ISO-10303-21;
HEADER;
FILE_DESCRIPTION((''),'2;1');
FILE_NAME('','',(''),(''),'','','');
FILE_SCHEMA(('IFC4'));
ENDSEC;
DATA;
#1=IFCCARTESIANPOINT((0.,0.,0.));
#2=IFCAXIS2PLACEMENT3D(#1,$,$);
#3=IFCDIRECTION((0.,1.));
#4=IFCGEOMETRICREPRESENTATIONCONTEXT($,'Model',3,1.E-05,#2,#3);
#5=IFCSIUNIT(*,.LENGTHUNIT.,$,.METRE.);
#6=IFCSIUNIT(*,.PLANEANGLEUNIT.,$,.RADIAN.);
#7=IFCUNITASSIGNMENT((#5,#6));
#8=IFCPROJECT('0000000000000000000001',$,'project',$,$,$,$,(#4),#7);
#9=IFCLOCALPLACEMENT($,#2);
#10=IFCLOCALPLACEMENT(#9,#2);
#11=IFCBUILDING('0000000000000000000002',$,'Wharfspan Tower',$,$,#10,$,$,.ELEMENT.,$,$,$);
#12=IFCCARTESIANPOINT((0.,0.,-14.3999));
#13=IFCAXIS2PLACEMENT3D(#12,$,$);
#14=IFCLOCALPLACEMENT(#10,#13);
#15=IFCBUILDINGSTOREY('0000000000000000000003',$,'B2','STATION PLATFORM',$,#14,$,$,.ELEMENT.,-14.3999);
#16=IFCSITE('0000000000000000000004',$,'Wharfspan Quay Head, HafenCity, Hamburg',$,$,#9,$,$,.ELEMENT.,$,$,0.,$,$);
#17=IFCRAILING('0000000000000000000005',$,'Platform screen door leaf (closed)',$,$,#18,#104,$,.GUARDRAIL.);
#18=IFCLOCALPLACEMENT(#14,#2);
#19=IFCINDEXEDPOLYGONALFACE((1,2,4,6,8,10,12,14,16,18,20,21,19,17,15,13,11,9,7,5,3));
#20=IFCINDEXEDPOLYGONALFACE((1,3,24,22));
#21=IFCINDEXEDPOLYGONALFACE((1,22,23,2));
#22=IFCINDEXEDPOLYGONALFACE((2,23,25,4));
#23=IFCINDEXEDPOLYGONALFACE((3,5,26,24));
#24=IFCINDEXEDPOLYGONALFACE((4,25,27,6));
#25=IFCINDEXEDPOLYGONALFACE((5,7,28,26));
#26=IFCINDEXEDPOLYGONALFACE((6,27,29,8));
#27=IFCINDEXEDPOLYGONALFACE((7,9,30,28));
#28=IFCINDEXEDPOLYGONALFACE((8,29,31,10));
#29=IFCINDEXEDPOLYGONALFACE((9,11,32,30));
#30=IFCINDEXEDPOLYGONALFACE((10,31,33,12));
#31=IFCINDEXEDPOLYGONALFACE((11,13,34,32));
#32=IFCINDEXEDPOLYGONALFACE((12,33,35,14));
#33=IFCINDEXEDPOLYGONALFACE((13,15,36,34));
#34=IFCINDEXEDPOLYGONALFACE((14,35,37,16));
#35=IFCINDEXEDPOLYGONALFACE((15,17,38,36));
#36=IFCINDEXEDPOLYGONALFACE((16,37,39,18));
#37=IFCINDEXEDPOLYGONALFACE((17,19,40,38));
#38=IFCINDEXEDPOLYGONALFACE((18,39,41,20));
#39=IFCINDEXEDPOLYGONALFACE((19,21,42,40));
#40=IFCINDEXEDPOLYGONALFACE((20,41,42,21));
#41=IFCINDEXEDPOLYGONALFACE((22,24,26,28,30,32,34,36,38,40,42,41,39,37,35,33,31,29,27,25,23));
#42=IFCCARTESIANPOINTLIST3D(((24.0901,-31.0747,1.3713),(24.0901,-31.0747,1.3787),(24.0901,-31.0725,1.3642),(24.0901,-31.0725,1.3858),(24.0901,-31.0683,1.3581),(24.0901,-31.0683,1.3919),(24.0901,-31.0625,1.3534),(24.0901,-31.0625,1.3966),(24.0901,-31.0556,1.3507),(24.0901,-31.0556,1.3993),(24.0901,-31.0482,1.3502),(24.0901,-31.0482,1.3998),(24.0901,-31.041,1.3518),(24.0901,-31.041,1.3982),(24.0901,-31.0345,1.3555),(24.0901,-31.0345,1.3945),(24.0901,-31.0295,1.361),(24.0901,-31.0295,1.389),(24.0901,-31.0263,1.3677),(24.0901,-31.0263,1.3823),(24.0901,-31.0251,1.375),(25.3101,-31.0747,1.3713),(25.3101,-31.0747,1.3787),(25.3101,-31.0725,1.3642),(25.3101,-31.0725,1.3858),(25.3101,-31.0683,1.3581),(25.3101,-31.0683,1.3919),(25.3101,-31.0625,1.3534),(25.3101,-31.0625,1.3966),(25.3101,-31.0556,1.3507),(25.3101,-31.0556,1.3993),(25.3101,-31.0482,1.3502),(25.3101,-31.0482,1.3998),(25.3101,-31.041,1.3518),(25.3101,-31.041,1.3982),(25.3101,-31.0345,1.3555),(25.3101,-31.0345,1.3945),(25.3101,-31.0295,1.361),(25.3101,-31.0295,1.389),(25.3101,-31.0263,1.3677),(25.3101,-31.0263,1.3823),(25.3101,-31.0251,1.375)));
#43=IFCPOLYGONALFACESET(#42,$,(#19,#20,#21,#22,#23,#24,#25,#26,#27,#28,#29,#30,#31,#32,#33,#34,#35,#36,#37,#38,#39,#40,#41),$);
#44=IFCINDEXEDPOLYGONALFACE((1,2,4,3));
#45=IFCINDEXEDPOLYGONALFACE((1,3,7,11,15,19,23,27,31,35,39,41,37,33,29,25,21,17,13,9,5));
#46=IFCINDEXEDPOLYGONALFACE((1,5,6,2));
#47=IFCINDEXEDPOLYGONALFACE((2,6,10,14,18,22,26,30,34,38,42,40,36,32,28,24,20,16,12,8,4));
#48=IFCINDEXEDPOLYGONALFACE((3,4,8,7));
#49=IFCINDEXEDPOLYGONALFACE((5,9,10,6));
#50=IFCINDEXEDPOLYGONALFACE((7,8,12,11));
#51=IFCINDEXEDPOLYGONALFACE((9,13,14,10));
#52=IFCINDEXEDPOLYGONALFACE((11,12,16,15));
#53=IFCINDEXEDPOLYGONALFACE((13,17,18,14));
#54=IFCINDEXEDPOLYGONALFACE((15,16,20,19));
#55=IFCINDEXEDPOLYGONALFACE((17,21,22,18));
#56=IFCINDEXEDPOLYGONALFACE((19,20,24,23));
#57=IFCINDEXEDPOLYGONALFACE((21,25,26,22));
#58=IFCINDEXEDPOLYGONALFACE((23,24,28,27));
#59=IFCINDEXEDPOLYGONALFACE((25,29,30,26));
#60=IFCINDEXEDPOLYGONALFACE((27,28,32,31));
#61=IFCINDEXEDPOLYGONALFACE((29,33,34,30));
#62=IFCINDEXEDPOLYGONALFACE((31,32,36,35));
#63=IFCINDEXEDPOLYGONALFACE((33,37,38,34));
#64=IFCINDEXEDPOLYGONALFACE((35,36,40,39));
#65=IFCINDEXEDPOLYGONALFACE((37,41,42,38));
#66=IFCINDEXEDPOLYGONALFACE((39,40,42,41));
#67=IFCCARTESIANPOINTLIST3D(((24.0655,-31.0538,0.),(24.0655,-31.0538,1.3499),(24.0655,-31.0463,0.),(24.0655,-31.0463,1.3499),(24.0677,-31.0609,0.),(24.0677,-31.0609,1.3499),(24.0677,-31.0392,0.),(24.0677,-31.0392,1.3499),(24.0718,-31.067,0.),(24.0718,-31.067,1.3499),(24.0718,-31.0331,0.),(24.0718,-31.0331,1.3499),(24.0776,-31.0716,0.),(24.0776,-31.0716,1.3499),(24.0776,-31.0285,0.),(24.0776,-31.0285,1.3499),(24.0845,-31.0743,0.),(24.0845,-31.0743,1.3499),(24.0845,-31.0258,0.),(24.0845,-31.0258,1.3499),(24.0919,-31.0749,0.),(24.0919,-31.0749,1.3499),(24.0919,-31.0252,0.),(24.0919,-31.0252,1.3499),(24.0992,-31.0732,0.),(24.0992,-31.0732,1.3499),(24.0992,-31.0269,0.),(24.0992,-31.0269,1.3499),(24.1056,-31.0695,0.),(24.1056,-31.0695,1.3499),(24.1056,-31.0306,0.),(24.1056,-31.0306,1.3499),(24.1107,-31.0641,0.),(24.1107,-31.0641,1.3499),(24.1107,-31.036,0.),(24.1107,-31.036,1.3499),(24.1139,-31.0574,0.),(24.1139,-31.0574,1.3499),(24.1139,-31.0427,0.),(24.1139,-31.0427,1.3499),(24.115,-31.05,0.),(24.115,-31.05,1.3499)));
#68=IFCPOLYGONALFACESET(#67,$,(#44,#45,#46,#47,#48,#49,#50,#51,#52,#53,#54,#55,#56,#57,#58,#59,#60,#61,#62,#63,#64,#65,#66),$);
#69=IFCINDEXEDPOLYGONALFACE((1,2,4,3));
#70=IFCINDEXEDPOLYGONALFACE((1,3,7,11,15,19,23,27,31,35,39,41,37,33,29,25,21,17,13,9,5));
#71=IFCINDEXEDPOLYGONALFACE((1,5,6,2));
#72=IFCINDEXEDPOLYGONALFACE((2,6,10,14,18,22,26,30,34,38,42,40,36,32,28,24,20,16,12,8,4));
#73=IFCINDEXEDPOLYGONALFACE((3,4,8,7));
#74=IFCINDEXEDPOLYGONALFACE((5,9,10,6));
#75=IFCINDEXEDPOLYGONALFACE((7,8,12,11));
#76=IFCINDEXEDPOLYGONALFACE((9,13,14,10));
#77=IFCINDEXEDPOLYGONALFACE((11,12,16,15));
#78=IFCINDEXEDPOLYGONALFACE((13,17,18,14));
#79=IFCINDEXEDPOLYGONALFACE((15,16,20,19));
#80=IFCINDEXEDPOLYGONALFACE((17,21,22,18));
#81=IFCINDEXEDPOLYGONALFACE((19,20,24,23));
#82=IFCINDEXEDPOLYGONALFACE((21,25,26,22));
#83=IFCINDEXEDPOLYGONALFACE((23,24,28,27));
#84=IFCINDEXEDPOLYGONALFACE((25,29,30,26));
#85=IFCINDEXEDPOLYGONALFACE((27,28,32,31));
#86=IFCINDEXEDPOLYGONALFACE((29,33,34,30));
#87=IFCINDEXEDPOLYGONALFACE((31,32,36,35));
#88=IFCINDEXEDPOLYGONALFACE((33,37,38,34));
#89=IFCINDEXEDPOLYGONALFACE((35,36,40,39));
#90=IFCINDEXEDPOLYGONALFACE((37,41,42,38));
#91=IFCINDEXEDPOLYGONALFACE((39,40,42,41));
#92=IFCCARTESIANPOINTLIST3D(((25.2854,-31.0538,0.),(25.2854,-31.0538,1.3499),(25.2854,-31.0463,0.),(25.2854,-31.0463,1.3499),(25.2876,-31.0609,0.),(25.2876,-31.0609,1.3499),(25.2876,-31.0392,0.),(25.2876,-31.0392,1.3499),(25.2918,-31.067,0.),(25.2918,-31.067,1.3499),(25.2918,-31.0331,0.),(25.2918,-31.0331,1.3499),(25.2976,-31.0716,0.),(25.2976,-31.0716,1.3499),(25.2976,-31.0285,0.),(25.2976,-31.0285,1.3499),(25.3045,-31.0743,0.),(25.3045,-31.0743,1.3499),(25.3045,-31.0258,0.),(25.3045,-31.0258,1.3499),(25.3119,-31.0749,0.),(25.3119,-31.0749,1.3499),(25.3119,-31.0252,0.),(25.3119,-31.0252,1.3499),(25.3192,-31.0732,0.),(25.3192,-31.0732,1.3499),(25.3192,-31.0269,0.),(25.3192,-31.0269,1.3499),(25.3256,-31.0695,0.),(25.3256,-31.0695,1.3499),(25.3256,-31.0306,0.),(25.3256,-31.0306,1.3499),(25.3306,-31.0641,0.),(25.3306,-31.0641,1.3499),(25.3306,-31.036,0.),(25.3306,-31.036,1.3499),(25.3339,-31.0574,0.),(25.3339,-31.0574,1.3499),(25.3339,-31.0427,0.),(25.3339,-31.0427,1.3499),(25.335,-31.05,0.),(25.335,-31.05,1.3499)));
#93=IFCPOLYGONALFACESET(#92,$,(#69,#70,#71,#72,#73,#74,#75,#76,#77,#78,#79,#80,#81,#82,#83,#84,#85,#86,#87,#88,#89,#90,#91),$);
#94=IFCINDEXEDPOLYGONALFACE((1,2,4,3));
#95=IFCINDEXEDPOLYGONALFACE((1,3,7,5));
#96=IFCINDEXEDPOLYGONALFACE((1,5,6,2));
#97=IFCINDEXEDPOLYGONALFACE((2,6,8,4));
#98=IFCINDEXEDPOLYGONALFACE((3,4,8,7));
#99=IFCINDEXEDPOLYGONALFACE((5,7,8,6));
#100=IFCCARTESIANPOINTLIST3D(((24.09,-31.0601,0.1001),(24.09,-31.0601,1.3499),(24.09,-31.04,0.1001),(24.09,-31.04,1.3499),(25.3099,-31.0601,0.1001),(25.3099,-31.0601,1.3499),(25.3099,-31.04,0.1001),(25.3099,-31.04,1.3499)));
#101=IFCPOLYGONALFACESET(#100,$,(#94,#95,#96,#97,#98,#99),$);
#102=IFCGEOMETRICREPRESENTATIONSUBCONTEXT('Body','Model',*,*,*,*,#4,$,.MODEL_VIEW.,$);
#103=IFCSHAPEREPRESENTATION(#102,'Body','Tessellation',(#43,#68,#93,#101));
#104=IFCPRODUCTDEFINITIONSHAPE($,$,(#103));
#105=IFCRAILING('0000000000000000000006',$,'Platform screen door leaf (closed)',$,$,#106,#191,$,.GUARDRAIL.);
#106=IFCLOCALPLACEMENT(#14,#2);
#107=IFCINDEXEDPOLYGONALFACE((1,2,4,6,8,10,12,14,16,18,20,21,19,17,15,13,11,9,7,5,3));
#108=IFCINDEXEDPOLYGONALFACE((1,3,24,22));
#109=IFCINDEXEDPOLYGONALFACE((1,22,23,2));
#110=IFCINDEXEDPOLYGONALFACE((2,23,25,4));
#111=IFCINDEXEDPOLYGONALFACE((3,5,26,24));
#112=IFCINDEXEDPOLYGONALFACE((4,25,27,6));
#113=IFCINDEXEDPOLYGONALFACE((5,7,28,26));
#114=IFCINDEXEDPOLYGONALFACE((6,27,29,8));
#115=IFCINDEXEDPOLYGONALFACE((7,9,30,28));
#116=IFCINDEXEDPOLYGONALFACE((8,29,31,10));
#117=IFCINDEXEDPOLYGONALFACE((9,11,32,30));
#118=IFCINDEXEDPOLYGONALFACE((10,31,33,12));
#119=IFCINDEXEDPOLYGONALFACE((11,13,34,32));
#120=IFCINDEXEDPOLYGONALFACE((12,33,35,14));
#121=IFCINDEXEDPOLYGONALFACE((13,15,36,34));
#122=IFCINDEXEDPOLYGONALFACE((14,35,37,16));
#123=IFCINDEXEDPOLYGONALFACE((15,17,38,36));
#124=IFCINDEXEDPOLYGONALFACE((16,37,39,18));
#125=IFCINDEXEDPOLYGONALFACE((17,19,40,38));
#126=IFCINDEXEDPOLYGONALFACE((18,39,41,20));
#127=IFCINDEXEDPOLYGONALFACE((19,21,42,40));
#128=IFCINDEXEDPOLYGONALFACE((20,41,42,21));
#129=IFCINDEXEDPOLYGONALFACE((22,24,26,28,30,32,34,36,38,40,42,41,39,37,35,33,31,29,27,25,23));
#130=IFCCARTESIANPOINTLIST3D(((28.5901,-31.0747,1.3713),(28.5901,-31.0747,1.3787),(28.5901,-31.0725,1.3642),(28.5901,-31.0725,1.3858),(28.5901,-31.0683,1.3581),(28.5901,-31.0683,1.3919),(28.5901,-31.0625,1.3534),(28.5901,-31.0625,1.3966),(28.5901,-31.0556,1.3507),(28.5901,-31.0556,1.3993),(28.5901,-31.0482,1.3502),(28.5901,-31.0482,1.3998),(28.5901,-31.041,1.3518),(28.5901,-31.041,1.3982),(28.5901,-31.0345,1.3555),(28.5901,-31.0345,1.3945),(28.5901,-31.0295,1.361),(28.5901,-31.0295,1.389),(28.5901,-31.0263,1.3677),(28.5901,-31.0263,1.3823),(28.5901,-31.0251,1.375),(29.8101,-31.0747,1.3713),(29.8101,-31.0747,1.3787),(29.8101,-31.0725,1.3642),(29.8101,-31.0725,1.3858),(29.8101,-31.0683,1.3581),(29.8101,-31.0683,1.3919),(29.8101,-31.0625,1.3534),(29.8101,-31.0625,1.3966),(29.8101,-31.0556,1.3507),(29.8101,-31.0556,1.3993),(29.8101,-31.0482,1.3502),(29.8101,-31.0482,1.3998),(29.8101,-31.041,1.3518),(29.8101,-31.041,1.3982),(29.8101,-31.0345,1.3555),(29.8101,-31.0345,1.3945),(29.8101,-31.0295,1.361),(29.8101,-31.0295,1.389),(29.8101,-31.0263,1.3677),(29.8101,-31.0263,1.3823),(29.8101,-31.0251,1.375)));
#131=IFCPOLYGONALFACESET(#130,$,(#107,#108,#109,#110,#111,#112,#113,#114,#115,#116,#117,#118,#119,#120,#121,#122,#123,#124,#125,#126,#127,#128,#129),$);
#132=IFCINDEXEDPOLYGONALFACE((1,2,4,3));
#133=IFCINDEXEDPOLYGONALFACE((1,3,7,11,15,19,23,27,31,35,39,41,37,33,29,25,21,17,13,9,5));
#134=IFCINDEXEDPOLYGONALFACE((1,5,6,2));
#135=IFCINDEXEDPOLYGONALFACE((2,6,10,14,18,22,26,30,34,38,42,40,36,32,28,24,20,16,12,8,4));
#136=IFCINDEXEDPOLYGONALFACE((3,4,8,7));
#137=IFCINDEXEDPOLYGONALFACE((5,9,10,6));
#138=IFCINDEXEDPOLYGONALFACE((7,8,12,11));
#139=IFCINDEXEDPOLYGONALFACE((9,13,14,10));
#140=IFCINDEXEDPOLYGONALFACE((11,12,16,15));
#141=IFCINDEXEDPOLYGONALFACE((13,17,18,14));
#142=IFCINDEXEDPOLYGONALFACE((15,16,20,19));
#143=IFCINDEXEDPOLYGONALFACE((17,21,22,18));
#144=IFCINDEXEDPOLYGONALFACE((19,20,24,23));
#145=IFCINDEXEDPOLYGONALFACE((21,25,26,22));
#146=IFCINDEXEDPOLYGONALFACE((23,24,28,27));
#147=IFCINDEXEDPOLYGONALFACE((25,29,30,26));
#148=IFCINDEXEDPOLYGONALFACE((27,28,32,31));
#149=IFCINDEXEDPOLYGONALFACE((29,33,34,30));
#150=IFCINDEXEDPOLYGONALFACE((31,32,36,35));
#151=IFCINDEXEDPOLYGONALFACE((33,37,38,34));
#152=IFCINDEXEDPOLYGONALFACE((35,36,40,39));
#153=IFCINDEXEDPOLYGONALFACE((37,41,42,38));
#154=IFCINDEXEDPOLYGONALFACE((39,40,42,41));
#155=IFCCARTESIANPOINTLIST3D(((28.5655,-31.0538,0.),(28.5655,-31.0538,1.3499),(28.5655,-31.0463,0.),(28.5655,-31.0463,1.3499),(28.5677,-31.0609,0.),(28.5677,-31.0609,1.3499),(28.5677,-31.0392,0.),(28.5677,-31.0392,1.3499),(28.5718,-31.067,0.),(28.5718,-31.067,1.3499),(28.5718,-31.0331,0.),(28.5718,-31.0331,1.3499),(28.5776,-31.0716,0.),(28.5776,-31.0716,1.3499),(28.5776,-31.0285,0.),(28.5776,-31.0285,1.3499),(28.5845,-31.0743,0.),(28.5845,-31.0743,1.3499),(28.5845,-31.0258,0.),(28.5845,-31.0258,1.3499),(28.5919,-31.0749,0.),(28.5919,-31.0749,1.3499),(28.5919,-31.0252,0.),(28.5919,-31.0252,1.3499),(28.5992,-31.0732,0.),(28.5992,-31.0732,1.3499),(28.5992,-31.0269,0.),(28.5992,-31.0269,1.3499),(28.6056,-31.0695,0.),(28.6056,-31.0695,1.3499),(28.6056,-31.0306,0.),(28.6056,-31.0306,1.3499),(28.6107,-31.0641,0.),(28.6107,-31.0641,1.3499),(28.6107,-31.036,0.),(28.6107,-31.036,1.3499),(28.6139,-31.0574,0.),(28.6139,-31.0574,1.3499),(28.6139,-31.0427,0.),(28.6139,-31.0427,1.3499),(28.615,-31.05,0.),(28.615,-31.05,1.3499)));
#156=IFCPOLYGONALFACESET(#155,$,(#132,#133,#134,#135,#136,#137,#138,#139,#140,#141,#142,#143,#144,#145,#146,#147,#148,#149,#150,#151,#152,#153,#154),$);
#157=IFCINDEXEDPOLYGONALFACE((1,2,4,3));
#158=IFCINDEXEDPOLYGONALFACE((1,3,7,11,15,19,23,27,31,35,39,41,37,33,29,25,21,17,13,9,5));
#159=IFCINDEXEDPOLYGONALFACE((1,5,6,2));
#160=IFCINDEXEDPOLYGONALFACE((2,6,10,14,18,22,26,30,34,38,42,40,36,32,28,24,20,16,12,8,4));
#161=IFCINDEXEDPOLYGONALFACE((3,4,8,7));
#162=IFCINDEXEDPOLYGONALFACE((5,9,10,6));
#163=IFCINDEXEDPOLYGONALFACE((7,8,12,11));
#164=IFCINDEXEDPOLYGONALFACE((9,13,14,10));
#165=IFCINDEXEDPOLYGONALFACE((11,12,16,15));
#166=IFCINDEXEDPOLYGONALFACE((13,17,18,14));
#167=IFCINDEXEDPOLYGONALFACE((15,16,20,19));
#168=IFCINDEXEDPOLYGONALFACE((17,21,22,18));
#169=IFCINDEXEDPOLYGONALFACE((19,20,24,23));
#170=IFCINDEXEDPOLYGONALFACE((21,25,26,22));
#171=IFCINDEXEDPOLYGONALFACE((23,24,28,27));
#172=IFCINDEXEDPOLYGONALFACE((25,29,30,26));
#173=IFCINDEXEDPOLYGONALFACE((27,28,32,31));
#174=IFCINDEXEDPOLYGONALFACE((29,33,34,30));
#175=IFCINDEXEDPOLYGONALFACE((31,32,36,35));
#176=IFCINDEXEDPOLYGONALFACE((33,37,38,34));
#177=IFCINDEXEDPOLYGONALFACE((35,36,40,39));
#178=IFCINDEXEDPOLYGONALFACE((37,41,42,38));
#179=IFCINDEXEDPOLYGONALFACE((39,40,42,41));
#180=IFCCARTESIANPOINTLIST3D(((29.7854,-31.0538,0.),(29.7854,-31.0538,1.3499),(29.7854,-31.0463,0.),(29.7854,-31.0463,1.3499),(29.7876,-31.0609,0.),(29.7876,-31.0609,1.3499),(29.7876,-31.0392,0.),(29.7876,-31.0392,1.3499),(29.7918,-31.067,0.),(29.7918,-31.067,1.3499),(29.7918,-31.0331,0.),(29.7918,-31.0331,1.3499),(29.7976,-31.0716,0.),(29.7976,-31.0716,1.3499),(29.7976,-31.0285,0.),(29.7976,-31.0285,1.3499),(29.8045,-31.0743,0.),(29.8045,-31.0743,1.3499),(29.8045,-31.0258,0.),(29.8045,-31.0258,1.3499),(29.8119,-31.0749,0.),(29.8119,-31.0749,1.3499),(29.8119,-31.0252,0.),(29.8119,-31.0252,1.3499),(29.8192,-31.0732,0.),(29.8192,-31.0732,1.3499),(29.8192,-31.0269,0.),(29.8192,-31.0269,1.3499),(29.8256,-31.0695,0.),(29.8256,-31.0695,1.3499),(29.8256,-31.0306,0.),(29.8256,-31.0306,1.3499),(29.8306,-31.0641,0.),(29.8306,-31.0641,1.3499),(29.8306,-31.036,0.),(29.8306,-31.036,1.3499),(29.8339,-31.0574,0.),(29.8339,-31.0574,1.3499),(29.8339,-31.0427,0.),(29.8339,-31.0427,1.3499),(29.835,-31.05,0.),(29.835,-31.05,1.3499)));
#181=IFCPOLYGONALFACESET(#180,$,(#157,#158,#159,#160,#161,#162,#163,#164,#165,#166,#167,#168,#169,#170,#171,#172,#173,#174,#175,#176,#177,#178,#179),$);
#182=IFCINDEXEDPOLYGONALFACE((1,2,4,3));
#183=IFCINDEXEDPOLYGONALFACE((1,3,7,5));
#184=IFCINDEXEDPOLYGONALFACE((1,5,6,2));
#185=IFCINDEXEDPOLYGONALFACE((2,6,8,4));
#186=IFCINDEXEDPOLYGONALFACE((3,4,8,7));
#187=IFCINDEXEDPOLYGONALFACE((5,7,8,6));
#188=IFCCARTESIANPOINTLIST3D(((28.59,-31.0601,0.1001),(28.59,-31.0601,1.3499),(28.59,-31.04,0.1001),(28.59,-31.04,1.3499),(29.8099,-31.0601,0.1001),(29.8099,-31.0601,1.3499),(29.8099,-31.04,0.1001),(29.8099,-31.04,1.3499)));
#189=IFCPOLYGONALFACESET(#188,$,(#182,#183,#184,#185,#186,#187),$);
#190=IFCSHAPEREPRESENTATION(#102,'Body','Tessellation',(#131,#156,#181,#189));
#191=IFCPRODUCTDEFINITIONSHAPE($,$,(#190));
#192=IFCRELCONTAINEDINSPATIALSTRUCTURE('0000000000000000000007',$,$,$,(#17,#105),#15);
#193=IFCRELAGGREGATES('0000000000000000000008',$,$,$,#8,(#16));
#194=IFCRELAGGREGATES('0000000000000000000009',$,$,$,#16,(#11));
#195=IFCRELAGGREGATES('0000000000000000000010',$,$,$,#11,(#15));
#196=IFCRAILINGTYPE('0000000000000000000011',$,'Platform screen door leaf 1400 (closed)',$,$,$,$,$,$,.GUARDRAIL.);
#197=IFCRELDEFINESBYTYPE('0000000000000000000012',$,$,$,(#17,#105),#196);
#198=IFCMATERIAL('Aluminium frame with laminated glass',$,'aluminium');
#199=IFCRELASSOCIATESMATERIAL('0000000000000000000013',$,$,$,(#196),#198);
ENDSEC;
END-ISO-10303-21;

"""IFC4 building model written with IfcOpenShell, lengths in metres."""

from ifc_helpers import new_model, si_unit, direction, frame, origin, origin_2d, place, context, subcontext, project, spatial, rectangle, circle, extrude, material, type_object, element, save


model = new_model("IFC4")

# Units and contexts
model_context = context("Model", 3, precision=1e-05, world=origin(), true_north=direction((0.0, 1.0)))
body_context = subcontext(model_context, "Body", "Model", "MODEL_VIEW")
ifc_project = project(units=[si_unit("LENGTHUNIT", "METRE"), si_unit("PLANEANGLEUNIT", "RADIAN")], contexts=[model_context])

# Site, building, storey
site_placement = place(None, origin())
site = spatial("IfcSite", under=ifc_project, at=site_placement, Name="Wharfspan Quay Head, HafenCity, Hamburg", CompositionType="ELEMENT", RefElevation=0.0)
building_placement = place(site_placement, origin())
building = spatial("IfcBuilding", under=site, at=building_placement, Name="Wharfspan Tower", CompositionType="ELEMENT")
storey_placement = place(building_placement, frame((0.0, 0.0, -14.3999)))
storey = spatial("IfcBuildingStorey", under=building, at=storey_placement, Name="B2", Description="STATION PLATFORM", CompositionType="ELEMENT", Elevation=-14.3999)

# Railings
ifc_material_1 = material(Name="Aluminium frame with laminated glass", Category="aluminium")
railing_type_1 = type_object("IfcRailingType", Name="Platform screen door leaf 1400 (closed)", PredefinedType="GUARDRAIL", material=ifc_material_1)
for number, where, name in (
    (1, (24.0901, -31.05, 0.0), "Platform screen door leaf (closed)"),
    (2, (28.5901, -31.05, 0.0), "Platform screen door leaf (closed)"),
):
    element("IfcRailing", number, at=place(storey_placement, frame(where)), inside=storey, type_object=railing_type_1, Name=name, PredefinedType="GUARDRAIL", context=body_context, shape_type="SweptSolid", body=[
        extrude(circle(Radius=0.0249, at=origin_2d()), frame((0.0, 0.0, 1.375), z_axis=(1.0, 0.0, 0.0), x_axis=(0.0, 1.0, 0.0)), (0.0, 0.0, 1.0), 1.22),
        extrude(circle(Radius=0.0249, at=origin_2d()), origin(), (0.0, 0.0, 1.0), 1.3499),
        extrude(circle(Radius=0.0249, at=origin_2d()), frame((1.22, 0.0, 0.0)), (0.0, 0.0, 1.0), 1.3499),
        extrude(rectangle(XDim=1.22, YDim=0.02, at=origin_2d()), frame((0.6099, 0.0, 0.1001), z_axis=(0.0, 0.0, 1.0), x_axis=(1.0, 0.0, 0.0)), (0.0, 0.0, 1.0), 1.2498),
    ])

save(model, "model.ifc")
